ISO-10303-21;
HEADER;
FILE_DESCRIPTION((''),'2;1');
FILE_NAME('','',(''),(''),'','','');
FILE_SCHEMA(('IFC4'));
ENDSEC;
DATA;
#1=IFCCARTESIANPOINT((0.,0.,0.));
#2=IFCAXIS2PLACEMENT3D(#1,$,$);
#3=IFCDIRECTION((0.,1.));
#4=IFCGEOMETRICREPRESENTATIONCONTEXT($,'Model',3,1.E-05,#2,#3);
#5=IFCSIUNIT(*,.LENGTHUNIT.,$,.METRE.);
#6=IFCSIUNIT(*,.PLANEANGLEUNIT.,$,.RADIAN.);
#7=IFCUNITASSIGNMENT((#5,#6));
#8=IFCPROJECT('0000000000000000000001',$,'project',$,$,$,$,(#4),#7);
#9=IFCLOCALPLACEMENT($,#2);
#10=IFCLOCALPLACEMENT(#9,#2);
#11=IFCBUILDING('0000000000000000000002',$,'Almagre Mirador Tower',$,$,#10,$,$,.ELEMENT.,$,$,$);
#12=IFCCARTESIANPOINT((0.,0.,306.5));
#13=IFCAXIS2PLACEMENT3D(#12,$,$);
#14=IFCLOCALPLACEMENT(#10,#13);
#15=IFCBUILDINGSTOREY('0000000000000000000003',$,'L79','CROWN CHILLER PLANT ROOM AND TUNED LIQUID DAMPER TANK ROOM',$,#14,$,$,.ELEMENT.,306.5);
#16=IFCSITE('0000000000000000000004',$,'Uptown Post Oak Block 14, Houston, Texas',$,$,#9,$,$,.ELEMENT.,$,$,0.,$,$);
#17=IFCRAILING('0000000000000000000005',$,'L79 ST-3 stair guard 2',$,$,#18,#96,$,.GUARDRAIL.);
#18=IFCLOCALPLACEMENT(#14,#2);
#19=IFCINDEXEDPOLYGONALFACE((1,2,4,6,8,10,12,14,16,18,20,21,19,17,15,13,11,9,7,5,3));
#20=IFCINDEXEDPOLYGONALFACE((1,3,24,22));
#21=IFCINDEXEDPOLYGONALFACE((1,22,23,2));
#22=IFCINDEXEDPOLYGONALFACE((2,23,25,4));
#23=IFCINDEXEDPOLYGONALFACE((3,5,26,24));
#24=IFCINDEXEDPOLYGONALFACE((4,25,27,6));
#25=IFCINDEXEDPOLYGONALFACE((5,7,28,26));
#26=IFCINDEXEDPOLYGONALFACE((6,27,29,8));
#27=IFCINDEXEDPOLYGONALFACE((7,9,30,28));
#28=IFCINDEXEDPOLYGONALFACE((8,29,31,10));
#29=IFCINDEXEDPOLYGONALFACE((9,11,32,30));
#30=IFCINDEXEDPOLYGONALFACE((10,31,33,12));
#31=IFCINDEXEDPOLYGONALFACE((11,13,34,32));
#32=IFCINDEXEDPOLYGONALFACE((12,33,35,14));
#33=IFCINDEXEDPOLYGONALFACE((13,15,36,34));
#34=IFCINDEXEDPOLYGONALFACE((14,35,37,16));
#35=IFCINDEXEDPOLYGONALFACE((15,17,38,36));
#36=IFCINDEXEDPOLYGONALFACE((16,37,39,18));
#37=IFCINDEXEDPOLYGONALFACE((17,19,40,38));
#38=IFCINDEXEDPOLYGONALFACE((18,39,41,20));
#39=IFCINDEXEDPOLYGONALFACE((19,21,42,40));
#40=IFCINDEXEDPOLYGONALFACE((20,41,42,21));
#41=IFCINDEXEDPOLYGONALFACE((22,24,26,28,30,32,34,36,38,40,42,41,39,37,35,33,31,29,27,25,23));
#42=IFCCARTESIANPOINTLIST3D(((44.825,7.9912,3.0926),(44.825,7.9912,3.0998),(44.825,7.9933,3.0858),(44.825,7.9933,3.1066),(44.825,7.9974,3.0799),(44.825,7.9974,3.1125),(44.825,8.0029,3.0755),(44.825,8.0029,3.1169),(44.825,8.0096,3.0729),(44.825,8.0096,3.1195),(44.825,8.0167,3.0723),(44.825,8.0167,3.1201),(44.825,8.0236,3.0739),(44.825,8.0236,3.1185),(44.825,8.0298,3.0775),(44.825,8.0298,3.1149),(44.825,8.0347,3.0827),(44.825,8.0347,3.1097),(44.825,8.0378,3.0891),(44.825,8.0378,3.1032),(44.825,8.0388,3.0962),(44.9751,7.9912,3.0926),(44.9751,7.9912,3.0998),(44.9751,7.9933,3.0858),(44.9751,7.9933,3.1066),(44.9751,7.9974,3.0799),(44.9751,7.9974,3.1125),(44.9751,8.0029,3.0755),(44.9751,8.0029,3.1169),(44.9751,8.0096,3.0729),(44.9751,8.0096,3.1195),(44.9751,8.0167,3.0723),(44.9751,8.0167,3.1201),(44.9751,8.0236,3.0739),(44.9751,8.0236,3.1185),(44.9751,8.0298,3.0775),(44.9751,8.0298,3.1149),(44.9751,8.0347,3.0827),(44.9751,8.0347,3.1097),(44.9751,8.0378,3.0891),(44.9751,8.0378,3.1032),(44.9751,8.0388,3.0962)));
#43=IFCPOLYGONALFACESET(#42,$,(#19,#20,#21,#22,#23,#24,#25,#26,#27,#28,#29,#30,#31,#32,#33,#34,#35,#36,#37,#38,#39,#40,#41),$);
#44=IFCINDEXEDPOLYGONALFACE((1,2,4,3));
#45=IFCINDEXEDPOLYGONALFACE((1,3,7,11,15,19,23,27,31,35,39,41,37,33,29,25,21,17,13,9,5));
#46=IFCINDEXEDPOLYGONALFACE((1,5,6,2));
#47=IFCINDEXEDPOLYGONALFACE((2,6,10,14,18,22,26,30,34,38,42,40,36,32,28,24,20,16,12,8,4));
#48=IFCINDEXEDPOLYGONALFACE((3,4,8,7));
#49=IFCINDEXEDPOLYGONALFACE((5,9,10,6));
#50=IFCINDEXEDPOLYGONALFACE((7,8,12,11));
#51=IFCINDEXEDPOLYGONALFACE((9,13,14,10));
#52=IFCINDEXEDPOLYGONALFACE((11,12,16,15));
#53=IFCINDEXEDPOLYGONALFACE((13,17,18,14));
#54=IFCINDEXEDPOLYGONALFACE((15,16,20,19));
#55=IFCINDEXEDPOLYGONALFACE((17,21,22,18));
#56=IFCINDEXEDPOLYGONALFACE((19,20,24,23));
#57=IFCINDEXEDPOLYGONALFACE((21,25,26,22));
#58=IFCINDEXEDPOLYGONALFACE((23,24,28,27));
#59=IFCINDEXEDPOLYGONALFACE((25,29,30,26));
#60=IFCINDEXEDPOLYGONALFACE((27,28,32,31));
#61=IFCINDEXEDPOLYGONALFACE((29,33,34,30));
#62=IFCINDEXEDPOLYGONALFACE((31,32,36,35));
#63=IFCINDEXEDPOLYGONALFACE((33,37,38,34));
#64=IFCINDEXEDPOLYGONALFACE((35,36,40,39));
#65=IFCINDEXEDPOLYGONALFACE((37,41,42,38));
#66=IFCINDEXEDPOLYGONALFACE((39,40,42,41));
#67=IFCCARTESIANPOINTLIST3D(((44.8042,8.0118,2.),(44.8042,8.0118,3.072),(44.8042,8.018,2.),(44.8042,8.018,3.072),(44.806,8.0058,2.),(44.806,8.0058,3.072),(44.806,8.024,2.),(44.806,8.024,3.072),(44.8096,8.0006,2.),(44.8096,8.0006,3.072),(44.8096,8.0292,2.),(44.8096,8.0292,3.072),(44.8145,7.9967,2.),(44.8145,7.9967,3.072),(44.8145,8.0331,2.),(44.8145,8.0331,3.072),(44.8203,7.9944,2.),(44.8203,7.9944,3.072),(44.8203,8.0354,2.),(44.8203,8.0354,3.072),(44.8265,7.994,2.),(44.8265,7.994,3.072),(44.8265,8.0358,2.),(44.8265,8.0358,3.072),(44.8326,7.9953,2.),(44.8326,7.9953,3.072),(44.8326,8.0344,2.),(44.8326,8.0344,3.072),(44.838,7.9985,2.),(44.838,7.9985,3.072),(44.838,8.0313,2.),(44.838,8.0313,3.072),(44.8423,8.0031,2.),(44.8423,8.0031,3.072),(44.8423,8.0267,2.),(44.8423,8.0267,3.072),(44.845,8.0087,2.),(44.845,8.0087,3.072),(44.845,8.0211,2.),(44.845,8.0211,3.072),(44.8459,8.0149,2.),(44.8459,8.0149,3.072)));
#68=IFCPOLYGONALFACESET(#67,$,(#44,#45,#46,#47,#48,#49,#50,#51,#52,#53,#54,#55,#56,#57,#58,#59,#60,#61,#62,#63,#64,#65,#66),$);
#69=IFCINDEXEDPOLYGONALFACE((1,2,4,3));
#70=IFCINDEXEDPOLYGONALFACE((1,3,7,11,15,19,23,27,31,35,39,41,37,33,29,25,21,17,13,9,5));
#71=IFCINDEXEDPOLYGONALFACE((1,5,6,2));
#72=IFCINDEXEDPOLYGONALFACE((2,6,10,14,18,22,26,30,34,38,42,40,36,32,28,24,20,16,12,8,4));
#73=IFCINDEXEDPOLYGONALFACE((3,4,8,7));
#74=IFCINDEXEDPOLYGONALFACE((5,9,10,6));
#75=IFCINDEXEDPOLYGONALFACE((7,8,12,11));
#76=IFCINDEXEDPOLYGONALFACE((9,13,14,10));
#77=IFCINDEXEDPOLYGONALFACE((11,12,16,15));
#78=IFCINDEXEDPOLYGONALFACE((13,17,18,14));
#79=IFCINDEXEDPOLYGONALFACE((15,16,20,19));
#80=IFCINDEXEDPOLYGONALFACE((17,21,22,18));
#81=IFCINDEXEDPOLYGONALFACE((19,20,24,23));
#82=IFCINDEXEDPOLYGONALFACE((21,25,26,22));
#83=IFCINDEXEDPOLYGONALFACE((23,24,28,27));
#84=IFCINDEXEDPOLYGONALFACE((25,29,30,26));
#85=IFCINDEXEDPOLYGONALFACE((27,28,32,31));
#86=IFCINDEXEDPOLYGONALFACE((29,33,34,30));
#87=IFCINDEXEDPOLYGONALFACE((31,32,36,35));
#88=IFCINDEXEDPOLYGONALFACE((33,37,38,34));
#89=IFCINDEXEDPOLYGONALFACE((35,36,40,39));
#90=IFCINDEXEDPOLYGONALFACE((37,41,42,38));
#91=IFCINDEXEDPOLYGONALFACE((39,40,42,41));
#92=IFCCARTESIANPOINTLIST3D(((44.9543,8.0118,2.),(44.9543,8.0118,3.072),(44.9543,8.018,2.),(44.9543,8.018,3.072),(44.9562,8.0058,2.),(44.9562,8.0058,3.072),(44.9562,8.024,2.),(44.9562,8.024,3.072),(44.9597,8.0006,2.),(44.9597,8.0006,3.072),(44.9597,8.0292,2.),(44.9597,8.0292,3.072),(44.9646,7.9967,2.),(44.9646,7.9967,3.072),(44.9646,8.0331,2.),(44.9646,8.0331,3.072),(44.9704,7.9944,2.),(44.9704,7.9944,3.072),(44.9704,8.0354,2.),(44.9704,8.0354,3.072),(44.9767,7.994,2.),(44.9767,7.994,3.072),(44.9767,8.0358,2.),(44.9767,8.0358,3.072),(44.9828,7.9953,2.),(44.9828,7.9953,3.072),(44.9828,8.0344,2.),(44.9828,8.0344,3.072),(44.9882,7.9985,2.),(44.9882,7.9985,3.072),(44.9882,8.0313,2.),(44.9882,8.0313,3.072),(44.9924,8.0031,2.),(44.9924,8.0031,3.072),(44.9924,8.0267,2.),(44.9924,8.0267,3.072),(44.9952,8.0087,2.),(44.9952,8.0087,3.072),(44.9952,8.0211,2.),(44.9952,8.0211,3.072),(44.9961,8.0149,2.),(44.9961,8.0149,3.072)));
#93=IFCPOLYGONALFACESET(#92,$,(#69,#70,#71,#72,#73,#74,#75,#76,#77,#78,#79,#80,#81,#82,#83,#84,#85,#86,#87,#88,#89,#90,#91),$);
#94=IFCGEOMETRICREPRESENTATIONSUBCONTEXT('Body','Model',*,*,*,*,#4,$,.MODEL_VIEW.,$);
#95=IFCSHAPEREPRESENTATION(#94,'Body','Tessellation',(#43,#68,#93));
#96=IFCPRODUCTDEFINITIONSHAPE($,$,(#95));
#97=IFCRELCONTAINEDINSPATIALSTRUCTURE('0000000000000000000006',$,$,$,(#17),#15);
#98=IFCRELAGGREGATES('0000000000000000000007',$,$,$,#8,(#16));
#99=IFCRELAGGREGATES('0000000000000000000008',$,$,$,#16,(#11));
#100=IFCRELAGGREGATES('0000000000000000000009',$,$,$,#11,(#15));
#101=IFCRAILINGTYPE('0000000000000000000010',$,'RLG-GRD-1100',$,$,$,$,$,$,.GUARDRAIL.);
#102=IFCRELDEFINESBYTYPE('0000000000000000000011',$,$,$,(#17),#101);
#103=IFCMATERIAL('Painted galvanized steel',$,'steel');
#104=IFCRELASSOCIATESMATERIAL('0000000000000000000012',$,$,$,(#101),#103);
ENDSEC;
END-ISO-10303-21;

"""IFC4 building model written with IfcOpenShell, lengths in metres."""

from ifc_helpers import new_model, si_unit, direction, frame, origin, origin_2d, place, context, subcontext, project, spatial, circle, extrude, material, type_object, element, save


model = new_model("IFC4")

# Units and contexts
model_context = context("Model", 3, precision=1e-05, world=origin(), true_north=direction((0.0, 1.0)))
body_context = subcontext(model_context, "Body", "Model", "MODEL_VIEW")
ifc_project = project(units=[si_unit("LENGTHUNIT", "METRE"), si_unit("PLANEANGLEUNIT", "RADIAN")], contexts=[model_context])

# Site, building, storey
site_placement = place(None, origin())
site = spatial("IfcSite", under=ifc_project, at=site_placement, Name="Uptown Post Oak Block 14, Houston, Texas", CompositionType="ELEMENT", RefElevation=0.0)
building_placement = place(site_placement, origin())
building = spatial("IfcBuilding", under=site, at=building_placement, Name="Almagre Mirador Tower", CompositionType="ELEMENT")
storey_placement = place(building_placement, frame((0.0, 0.0, 306.5)))
storey = spatial("IfcBuildingStorey", under=building, at=storey_placement, Name="L79", Description="CROWN CHILLER PLANT ROOM AND TUNED LIQUID DAMPER TANK ROOM", CompositionType="ELEMENT", Elevation=306.5)

# Railing
ifc_material_1 = material(Name="Painted galvanized steel", Category="steel")
railing_type_1 = type_object("IfcRailingType", Name="RLG-GRD-1100", PredefinedType="GUARDRAIL", material=ifc_material_1)
railing_1_placement = place(storey_placement, frame((44.825, 8.0149, 2.0)))
element("IfcRailing", 1, at=railing_1_placement, inside=storey, type_object=railing_type_1, Name="L79 ST-3 stair guard 2", PredefinedType="GUARDRAIL", context=body_context, shape_type="SweptSolid", body=[
    extrude(circle(Radius=0.0239, at=origin_2d()), frame((0.0, 0.0, 1.0962), z_axis=(1.0, 0.0, 0.0), x_axis=(0.0, 1.0, 0.0)), (0.0, 0.0, 1.0), 0.1501),
    extrude(circle(Radius=0.021, at=origin_2d()), origin(), (0.0, 0.0, 1.0), 1.072),
    extrude(circle(Radius=0.021, at=origin_2d()), frame((0.1501, 0.0, 0.0)), (0.0, 0.0, 1.0), 1.072),
])

save(model, "model.ifc")
